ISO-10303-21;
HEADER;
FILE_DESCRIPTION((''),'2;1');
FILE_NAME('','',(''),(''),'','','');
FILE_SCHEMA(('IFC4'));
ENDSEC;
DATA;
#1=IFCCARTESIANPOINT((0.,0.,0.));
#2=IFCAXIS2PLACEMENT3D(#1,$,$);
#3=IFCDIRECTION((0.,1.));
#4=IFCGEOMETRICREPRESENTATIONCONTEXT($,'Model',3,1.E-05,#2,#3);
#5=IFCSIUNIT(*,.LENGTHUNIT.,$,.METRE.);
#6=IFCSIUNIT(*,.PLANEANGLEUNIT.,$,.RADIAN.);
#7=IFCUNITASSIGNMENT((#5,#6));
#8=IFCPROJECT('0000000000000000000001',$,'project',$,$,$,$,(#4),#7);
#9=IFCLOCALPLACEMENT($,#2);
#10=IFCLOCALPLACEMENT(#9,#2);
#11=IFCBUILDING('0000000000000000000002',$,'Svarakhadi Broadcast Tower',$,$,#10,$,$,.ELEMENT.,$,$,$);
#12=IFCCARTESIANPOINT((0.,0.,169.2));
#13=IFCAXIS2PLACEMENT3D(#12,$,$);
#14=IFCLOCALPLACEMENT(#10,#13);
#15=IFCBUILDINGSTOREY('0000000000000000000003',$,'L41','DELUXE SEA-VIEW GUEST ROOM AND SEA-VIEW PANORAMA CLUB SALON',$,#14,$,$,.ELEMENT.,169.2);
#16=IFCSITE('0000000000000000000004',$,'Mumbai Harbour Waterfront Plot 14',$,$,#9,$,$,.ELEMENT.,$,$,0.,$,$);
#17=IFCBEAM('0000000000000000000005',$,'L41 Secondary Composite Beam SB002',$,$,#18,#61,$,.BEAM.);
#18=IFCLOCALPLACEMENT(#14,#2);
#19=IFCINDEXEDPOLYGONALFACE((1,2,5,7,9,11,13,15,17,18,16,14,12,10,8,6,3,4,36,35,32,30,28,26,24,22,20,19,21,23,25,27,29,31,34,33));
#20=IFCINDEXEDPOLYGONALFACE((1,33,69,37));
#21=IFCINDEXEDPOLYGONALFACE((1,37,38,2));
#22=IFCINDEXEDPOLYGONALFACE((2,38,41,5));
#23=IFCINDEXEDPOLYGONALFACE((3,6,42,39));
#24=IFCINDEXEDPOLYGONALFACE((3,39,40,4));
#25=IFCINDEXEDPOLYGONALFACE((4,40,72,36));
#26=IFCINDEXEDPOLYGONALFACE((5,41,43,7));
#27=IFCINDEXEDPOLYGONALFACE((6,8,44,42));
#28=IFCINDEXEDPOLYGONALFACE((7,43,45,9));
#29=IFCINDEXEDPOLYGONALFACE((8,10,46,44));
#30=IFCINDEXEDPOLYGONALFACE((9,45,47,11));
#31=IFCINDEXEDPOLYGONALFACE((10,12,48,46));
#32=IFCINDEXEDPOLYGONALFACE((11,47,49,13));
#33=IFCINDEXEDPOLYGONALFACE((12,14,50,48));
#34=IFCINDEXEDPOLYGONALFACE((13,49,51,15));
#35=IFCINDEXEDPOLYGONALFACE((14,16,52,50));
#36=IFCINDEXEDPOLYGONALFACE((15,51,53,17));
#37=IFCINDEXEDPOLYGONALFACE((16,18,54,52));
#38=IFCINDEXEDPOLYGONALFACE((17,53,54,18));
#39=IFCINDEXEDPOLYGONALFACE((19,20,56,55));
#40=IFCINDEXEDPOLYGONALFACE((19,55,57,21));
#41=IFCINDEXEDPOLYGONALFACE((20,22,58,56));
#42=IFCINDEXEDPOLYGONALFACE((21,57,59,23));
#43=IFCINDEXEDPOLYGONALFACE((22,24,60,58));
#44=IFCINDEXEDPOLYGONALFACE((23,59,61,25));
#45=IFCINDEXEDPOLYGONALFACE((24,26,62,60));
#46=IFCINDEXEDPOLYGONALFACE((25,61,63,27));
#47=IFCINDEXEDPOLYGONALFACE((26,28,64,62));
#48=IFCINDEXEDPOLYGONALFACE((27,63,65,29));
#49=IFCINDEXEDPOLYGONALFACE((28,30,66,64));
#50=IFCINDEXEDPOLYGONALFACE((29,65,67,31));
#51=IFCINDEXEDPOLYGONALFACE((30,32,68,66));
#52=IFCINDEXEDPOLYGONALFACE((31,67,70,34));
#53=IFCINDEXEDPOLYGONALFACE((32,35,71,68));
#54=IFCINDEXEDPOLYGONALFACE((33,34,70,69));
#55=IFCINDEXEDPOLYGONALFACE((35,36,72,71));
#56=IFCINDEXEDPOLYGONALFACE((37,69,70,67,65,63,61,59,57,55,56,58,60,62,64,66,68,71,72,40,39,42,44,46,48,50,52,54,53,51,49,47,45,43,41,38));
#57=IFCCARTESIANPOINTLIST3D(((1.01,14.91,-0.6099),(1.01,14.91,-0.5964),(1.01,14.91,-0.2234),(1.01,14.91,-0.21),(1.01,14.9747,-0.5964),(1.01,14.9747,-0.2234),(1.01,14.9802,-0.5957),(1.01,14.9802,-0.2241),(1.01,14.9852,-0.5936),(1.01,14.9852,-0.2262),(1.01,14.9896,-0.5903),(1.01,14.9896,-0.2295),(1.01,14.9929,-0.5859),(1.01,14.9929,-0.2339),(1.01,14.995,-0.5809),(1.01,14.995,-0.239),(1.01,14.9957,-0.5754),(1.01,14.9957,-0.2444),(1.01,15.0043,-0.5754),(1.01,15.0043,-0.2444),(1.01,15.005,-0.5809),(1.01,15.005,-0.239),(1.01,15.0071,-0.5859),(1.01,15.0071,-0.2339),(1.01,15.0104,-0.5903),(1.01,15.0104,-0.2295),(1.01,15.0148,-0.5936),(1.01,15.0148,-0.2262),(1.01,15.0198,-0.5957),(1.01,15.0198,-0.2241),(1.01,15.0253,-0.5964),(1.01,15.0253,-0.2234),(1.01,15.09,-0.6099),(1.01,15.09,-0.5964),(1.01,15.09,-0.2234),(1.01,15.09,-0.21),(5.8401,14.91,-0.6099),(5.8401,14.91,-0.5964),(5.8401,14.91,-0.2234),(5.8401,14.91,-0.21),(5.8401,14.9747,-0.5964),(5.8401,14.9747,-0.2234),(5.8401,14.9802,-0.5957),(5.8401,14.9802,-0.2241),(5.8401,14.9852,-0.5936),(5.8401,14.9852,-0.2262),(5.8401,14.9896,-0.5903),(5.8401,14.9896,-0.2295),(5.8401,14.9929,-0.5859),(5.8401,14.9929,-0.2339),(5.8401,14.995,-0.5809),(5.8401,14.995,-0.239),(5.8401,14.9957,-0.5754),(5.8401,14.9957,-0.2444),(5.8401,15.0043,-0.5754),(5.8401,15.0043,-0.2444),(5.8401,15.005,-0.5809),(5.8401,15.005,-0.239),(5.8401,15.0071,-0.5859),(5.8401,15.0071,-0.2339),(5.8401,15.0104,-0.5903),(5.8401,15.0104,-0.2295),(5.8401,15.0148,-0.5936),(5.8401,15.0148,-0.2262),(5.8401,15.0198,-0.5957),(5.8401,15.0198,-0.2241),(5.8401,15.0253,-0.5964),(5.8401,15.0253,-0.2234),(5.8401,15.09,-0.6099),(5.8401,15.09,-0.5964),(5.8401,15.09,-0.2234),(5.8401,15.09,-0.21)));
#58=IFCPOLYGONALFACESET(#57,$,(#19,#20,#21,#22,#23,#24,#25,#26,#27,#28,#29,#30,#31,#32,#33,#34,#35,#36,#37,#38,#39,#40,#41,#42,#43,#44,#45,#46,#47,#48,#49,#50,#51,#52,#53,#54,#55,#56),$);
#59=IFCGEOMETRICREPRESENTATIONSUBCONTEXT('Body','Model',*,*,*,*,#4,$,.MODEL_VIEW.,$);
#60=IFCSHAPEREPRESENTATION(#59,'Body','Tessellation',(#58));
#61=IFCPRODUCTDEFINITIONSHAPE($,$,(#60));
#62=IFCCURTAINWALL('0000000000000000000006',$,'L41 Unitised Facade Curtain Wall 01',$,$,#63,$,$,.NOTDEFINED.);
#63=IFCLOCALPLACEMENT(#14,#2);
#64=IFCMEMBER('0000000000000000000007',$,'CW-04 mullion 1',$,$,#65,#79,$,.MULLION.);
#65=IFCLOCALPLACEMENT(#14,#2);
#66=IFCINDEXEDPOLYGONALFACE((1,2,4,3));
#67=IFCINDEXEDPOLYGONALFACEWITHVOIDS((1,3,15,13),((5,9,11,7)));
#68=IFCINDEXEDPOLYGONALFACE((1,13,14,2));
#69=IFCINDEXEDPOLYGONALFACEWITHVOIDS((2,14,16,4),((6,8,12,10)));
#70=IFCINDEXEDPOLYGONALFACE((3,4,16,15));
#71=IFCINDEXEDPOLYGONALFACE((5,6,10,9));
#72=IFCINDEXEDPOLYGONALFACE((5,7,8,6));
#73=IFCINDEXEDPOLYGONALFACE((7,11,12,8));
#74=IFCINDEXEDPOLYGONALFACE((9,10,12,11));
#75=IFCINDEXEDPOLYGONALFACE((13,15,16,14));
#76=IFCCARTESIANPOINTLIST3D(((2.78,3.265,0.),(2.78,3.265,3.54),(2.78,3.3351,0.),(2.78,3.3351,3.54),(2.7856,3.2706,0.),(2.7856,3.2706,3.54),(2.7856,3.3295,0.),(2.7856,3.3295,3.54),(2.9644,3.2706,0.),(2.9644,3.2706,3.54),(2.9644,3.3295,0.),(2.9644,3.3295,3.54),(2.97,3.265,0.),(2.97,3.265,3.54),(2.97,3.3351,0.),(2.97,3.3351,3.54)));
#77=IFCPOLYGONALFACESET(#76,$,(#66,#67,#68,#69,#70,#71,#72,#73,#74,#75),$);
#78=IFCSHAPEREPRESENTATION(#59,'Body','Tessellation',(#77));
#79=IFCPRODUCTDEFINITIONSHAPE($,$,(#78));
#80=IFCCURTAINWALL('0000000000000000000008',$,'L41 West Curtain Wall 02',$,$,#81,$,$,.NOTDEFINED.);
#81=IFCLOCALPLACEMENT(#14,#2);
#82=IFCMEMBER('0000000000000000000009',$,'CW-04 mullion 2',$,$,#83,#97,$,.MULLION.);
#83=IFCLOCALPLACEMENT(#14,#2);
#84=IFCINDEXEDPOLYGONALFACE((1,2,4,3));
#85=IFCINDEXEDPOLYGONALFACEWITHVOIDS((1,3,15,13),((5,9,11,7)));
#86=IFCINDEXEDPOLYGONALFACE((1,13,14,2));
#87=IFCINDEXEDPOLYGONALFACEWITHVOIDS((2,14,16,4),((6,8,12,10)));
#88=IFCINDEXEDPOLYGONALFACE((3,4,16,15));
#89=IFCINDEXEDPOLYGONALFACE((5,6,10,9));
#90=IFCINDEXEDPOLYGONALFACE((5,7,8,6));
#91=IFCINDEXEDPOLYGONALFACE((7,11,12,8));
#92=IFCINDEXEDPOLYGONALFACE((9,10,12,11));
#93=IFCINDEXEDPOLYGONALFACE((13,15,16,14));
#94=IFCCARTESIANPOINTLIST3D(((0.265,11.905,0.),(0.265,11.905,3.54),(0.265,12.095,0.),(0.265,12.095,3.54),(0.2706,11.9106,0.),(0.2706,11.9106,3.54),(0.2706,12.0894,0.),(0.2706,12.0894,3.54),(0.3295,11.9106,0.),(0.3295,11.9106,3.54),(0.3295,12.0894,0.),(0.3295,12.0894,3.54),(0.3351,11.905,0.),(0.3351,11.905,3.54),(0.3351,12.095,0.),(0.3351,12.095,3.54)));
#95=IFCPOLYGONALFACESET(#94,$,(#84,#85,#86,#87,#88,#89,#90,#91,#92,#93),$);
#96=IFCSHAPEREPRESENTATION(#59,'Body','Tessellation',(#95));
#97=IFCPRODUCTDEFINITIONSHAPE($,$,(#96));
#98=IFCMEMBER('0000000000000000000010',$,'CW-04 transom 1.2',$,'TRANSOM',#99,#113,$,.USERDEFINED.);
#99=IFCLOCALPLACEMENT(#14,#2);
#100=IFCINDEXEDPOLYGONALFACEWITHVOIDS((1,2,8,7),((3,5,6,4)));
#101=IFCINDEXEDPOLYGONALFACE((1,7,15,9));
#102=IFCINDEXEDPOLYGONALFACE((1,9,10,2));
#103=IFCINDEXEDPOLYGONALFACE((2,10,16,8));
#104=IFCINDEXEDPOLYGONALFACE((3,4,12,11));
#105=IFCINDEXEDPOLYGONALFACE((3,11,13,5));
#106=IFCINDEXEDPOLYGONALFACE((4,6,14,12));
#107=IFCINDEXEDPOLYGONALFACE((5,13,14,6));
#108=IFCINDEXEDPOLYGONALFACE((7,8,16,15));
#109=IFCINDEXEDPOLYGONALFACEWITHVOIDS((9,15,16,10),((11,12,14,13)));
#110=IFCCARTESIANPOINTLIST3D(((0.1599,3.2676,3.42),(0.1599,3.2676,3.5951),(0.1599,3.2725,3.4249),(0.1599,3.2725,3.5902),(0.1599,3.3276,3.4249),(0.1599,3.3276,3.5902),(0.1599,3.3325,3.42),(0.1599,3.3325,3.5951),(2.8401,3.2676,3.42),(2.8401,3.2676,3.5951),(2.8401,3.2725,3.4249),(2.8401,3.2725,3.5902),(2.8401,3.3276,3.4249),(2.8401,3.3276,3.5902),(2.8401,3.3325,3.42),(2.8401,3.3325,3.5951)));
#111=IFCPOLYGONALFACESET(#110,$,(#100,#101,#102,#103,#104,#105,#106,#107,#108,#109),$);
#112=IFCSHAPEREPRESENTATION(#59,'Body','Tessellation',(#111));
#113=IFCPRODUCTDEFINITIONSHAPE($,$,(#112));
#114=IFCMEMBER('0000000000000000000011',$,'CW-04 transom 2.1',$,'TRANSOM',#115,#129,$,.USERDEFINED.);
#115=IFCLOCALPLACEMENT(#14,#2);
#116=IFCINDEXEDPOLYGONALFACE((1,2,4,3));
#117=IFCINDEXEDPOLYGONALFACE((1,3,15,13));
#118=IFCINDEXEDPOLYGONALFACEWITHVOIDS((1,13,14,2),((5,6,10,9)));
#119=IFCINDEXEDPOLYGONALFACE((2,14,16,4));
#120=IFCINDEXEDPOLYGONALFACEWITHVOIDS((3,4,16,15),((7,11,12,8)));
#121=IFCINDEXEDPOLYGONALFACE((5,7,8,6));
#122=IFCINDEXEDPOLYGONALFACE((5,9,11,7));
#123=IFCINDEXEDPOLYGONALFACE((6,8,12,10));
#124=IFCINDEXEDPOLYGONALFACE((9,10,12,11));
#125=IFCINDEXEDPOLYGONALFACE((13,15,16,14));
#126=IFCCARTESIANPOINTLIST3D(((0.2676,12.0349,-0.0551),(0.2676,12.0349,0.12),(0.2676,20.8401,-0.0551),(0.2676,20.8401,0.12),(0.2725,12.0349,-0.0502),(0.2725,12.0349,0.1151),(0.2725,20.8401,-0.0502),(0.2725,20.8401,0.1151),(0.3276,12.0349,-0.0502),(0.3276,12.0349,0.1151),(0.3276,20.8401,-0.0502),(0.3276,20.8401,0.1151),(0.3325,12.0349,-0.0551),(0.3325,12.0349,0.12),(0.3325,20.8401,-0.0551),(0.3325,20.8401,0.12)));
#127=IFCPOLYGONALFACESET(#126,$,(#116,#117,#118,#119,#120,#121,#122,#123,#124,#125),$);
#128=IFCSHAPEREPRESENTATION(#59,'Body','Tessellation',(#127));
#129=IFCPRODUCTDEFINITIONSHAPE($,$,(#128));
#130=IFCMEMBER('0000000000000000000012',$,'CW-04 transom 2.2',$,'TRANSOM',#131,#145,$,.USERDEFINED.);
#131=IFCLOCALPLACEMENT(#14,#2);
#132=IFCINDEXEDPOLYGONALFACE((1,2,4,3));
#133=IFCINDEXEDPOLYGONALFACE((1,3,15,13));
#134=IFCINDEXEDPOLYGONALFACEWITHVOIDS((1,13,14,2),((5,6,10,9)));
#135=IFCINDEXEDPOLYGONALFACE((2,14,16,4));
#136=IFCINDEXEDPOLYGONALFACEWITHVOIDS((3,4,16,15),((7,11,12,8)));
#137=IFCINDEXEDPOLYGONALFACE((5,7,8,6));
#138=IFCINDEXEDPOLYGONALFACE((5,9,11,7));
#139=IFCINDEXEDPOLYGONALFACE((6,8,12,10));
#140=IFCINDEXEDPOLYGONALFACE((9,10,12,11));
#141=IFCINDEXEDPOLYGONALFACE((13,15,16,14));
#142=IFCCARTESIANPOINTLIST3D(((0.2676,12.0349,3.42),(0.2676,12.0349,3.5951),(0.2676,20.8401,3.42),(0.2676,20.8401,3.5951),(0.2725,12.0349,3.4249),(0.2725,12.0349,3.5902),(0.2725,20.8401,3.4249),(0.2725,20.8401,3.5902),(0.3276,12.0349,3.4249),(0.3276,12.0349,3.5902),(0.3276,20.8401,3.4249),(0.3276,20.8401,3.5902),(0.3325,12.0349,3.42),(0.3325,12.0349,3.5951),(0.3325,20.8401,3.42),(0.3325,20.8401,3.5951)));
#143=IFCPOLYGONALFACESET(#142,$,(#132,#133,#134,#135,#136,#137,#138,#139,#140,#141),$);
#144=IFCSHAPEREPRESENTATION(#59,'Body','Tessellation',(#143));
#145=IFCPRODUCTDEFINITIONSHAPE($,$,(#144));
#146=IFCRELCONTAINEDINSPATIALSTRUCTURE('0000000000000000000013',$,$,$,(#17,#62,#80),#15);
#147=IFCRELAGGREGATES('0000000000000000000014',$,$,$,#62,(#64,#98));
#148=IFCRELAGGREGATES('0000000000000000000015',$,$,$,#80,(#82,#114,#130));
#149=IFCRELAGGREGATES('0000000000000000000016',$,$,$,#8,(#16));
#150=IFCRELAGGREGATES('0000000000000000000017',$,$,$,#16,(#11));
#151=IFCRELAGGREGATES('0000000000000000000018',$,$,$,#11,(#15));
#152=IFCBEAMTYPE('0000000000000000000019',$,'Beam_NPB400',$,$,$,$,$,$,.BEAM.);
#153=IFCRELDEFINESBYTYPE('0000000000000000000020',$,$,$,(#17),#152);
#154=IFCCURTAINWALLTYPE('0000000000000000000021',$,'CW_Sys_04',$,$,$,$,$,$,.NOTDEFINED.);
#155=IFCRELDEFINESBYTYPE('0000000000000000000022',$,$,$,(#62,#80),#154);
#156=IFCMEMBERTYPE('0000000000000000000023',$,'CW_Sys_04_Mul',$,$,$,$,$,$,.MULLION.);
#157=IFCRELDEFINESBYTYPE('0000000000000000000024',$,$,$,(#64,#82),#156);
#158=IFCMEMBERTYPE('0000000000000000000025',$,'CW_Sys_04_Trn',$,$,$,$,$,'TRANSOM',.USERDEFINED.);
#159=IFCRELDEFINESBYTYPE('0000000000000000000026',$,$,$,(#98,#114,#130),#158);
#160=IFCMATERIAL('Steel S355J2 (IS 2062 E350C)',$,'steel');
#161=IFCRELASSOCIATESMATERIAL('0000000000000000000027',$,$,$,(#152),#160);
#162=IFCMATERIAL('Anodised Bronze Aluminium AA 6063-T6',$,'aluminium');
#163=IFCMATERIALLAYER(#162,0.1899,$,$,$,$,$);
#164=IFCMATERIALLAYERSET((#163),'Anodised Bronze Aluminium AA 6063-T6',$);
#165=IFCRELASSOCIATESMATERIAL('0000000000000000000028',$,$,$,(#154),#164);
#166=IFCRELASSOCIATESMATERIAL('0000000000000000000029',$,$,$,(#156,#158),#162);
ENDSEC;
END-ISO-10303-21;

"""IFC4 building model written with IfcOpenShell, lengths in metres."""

from ifc_helpers import new_model, si_unit, direction, frame, origin, origin_2d, place, context, subcontext, project, spatial, hollow_rectangle, i_section, extrude, material, layer, layer_set, material_profile, profile_set, type_object, element, aggregate, save


model = new_model("IFC4")

# Units and contexts
model_context = context("Model", 3, precision=1e-05, world=origin(), true_north=direction((0.0, 1.0)))
body_context = subcontext(model_context, "Body", "Model", "MODEL_VIEW")
ifc_project = project(units=[si_unit("LENGTHUNIT", "METRE"), si_unit("PLANEANGLEUNIT", "RADIAN")], contexts=[model_context])

# Site, building, storey
site_placement = place(None, origin())
site = spatial("IfcSite", under=ifc_project, at=site_placement, Name="Mumbai Harbour Waterfront Plot 14", CompositionType="ELEMENT", RefElevation=0.0)
building_placement = place(site_placement, origin())
building = spatial("IfcBuilding", under=site, at=building_placement, Name="Svarakhadi Broadcast Tower", CompositionType="ELEMENT")
storey_placement = place(building_placement, frame((0.0, 0.0, 169.2)))
storey = spatial("IfcBuildingStorey", under=building, at=storey_placement, Name="L41", Description="DELUXE SEA-VIEW GUEST ROOM AND SEA-VIEW PANORAMA CLUB SALON", CompositionType="ELEMENT", Elevation=169.2)

# Beam
ifc_material_1 = material(Name="Steel S355J2 (IS 2062 E350C)", Category="steel")
ifc_material_profile_1 = material_profile(ifc_material_1, i_section(OverallWidth=0.1799, OverallDepth=0.3999, WebThickness=0.0085, FlangeThickness=0.0134, FilletRadius=0.021, at=origin_2d()), Name="NPB 400x180x66")
ifc_profile_set_1 = profile_set([ifc_material_profile_1], Name="Steel S355J2 (IS 2062 E350C)")
beam_type_1 = type_object("IfcBeamType", Name="Beam_NPB400", PredefinedType="BEAM", material=ifc_profile_set_1)
for number, where, z_axis, x_axis, name in (
    (1, (1.01, 15.0, -0.4099), (1.0, 0.0, 0.0), (0.0, 1.0, 0.0), "L41 Secondary Composite Beam SB002"),
):
    element("IfcBeam", number, at=place(storey_placement, frame(where, z_axis=z_axis, x_axis=x_axis)), inside=storey, type_object=beam_type_1, Name=name, PredefinedType="BEAM", context=body_context, shape_type="SweptSolid", body=[
        extrude(i_section(OverallWidth=0.1799, OverallDepth=0.3999, WebThickness=0.0085, FlangeThickness=0.0134, FilletRadius=0.021, at=origin_2d()), origin(), (0.0, 0.0, 1.0), 4.8301),
    ])

# Curtain walls, members
ifc_material_2 = material(Name="Anodised Bronze Aluminium AA 6063-T6", Category="aluminium")
ifc_layer_1 = layer(ifc_material_2, 0.1899)
ifc_layer_set_1 = layer_set([ifc_layer_1], Name="Anodised Bronze Aluminium AA 6063-T6")
curtain_wall_type = type_object("IfcCurtainWallType", Name="CW_Sys_04", PredefinedType="NOTDEFINED", material=ifc_layer_set_1)
curtain_wall_1_placement = place(storey_placement, origin())
curtain_wall_1 = element("IfcCurtainWall", 2, at=curtain_wall_1_placement, inside=storey, type_object=curtain_wall_type, Name="L41 Unitised Facade Curtain Wall 01", PredefinedType="NOTDEFINED")
ifc_material_profile_2 = material_profile(ifc_material_2, hollow_rectangle(XDim=0.0701, YDim=0.1899, WallThickness=0.0056, at=origin_2d()), Name="ALU MULLION 190x70x6")
ifc_profile_set_2 = profile_set([ifc_material_profile_2], Name="Anodised Bronze Aluminium AA 6063-T6")
member_type_1 = type_object("IfcMemberType", Name="CW_Sys_04_Mul", PredefinedType="MULLION", material=ifc_profile_set_2)
member_1_placement = place(storey_placement, frame((2.875, 3.3, 0.0), z_axis=(0.0, 0.0, 1.0), x_axis=(0.0, -1.0, 0.0)))
member_1 = element("IfcMember", 3, at=member_1_placement, type_object=member_type_1, Name="CW-04 mullion 1", PredefinedType="MULLION", context=body_context, shape_type="SweptSolid", body=[
    extrude(hollow_rectangle(XDim=0.0701, YDim=0.1899, WallThickness=0.0056, at=origin_2d()), origin(), (0.0, 0.0, 1.0), 3.54),
])
curtain_wall_2_placement = place(storey_placement, origin())
curtain_wall_2 = element("IfcCurtainWall", 4, at=curtain_wall_2_placement, inside=storey, type_object=curtain_wall_type, Name="L41 West Curtain Wall 02", PredefinedType="NOTDEFINED")
member_2_placement = place(storey_placement, frame((0.3, 12.0, 0.0), z_axis=(0.0, 0.0, 1.0), x_axis=(-1.0, 0.0, 0.0)))
member_2 = element("IfcMember", 5, at=member_2_placement, type_object=member_type_1, Name="CW-04 mullion 2", PredefinedType="MULLION", context=body_context, shape_type="SweptSolid", body=[
    extrude(hollow_rectangle(XDim=0.0701, YDim=0.1899, WallThickness=0.0056, at=origin_2d()), origin(), (0.0, 0.0, 1.0), 3.54),
])

# Members
ifc_material_profile_3 = material_profile(ifc_material_2, hollow_rectangle(XDim=0.0649, YDim=0.175, WallThickness=0.0049, at=origin_2d()), Name="ALU TRANSOM 175x65x5")
ifc_profile_set_3 = profile_set([ifc_material_profile_3], Name="Anodised Bronze Aluminium AA 6063-T6")
member_type_2 = type_object("IfcMemberType", Name="CW_Sys_04_Trn", ElementType="TRANSOM", PredefinedType="USERDEFINED", material=ifc_profile_set_3)
member_3_placement = place(storey_placement, frame((2.8401, 3.3, 3.5076), z_axis=(-1.0, 0.0, 0.0), x_axis=(0.0, -1.0, 0.0)))
member_3 = element("IfcMember", 6, at=member_3_placement, type_object=member_type_2, Name="CW-04 transom 1.2", ObjectType="TRANSOM", PredefinedType="USERDEFINED", context=body_context, shape_type="SweptSolid", body=[
    extrude(hollow_rectangle(XDim=0.0649, YDim=0.175, WallThickness=0.0049, at=origin_2d()), origin(), (0.0, 0.0, 1.0), 2.6802),
])
aggregate(curtain_wall_1, [member_1, member_3])
member_4_placement = place(storey_placement, frame((0.3, 12.0349, 0.0325), z_axis=(0.0, 1.0, 0.0), x_axis=(-1.0, 0.0, 0.0)))
member_4 = element("IfcMember", 7, at=member_4_placement, type_object=member_type_2, Name="CW-04 transom 2.1", ObjectType="TRANSOM", PredefinedType="USERDEFINED", context=body_context, shape_type="SweptSolid", body=[
    extrude(hollow_rectangle(XDim=0.0649, YDim=0.175, WallThickness=0.0049, at=origin_2d()), origin(), (0.0, 0.0, 1.0), 8.8052),
])
member_5_placement = place(storey_placement, frame((0.3, 12.0349, 3.5076), z_axis=(0.0, 1.0, 0.0), x_axis=(-1.0, 0.0, 0.0)))
member_5 = element("IfcMember", 8, at=member_5_placement, type_object=member_type_2, Name="CW-04 transom 2.2", ObjectType="TRANSOM", PredefinedType="USERDEFINED", context=body_context, shape_type="SweptSolid", body=[
    extrude(hollow_rectangle(XDim=0.0649, YDim=0.175, WallThickness=0.0049, at=origin_2d()), origin(), (0.0, 0.0, 1.0), 8.8052),
])

aggregate(curtain_wall_2, [member_2, member_4, member_5])

save(model, "model.ifc")
